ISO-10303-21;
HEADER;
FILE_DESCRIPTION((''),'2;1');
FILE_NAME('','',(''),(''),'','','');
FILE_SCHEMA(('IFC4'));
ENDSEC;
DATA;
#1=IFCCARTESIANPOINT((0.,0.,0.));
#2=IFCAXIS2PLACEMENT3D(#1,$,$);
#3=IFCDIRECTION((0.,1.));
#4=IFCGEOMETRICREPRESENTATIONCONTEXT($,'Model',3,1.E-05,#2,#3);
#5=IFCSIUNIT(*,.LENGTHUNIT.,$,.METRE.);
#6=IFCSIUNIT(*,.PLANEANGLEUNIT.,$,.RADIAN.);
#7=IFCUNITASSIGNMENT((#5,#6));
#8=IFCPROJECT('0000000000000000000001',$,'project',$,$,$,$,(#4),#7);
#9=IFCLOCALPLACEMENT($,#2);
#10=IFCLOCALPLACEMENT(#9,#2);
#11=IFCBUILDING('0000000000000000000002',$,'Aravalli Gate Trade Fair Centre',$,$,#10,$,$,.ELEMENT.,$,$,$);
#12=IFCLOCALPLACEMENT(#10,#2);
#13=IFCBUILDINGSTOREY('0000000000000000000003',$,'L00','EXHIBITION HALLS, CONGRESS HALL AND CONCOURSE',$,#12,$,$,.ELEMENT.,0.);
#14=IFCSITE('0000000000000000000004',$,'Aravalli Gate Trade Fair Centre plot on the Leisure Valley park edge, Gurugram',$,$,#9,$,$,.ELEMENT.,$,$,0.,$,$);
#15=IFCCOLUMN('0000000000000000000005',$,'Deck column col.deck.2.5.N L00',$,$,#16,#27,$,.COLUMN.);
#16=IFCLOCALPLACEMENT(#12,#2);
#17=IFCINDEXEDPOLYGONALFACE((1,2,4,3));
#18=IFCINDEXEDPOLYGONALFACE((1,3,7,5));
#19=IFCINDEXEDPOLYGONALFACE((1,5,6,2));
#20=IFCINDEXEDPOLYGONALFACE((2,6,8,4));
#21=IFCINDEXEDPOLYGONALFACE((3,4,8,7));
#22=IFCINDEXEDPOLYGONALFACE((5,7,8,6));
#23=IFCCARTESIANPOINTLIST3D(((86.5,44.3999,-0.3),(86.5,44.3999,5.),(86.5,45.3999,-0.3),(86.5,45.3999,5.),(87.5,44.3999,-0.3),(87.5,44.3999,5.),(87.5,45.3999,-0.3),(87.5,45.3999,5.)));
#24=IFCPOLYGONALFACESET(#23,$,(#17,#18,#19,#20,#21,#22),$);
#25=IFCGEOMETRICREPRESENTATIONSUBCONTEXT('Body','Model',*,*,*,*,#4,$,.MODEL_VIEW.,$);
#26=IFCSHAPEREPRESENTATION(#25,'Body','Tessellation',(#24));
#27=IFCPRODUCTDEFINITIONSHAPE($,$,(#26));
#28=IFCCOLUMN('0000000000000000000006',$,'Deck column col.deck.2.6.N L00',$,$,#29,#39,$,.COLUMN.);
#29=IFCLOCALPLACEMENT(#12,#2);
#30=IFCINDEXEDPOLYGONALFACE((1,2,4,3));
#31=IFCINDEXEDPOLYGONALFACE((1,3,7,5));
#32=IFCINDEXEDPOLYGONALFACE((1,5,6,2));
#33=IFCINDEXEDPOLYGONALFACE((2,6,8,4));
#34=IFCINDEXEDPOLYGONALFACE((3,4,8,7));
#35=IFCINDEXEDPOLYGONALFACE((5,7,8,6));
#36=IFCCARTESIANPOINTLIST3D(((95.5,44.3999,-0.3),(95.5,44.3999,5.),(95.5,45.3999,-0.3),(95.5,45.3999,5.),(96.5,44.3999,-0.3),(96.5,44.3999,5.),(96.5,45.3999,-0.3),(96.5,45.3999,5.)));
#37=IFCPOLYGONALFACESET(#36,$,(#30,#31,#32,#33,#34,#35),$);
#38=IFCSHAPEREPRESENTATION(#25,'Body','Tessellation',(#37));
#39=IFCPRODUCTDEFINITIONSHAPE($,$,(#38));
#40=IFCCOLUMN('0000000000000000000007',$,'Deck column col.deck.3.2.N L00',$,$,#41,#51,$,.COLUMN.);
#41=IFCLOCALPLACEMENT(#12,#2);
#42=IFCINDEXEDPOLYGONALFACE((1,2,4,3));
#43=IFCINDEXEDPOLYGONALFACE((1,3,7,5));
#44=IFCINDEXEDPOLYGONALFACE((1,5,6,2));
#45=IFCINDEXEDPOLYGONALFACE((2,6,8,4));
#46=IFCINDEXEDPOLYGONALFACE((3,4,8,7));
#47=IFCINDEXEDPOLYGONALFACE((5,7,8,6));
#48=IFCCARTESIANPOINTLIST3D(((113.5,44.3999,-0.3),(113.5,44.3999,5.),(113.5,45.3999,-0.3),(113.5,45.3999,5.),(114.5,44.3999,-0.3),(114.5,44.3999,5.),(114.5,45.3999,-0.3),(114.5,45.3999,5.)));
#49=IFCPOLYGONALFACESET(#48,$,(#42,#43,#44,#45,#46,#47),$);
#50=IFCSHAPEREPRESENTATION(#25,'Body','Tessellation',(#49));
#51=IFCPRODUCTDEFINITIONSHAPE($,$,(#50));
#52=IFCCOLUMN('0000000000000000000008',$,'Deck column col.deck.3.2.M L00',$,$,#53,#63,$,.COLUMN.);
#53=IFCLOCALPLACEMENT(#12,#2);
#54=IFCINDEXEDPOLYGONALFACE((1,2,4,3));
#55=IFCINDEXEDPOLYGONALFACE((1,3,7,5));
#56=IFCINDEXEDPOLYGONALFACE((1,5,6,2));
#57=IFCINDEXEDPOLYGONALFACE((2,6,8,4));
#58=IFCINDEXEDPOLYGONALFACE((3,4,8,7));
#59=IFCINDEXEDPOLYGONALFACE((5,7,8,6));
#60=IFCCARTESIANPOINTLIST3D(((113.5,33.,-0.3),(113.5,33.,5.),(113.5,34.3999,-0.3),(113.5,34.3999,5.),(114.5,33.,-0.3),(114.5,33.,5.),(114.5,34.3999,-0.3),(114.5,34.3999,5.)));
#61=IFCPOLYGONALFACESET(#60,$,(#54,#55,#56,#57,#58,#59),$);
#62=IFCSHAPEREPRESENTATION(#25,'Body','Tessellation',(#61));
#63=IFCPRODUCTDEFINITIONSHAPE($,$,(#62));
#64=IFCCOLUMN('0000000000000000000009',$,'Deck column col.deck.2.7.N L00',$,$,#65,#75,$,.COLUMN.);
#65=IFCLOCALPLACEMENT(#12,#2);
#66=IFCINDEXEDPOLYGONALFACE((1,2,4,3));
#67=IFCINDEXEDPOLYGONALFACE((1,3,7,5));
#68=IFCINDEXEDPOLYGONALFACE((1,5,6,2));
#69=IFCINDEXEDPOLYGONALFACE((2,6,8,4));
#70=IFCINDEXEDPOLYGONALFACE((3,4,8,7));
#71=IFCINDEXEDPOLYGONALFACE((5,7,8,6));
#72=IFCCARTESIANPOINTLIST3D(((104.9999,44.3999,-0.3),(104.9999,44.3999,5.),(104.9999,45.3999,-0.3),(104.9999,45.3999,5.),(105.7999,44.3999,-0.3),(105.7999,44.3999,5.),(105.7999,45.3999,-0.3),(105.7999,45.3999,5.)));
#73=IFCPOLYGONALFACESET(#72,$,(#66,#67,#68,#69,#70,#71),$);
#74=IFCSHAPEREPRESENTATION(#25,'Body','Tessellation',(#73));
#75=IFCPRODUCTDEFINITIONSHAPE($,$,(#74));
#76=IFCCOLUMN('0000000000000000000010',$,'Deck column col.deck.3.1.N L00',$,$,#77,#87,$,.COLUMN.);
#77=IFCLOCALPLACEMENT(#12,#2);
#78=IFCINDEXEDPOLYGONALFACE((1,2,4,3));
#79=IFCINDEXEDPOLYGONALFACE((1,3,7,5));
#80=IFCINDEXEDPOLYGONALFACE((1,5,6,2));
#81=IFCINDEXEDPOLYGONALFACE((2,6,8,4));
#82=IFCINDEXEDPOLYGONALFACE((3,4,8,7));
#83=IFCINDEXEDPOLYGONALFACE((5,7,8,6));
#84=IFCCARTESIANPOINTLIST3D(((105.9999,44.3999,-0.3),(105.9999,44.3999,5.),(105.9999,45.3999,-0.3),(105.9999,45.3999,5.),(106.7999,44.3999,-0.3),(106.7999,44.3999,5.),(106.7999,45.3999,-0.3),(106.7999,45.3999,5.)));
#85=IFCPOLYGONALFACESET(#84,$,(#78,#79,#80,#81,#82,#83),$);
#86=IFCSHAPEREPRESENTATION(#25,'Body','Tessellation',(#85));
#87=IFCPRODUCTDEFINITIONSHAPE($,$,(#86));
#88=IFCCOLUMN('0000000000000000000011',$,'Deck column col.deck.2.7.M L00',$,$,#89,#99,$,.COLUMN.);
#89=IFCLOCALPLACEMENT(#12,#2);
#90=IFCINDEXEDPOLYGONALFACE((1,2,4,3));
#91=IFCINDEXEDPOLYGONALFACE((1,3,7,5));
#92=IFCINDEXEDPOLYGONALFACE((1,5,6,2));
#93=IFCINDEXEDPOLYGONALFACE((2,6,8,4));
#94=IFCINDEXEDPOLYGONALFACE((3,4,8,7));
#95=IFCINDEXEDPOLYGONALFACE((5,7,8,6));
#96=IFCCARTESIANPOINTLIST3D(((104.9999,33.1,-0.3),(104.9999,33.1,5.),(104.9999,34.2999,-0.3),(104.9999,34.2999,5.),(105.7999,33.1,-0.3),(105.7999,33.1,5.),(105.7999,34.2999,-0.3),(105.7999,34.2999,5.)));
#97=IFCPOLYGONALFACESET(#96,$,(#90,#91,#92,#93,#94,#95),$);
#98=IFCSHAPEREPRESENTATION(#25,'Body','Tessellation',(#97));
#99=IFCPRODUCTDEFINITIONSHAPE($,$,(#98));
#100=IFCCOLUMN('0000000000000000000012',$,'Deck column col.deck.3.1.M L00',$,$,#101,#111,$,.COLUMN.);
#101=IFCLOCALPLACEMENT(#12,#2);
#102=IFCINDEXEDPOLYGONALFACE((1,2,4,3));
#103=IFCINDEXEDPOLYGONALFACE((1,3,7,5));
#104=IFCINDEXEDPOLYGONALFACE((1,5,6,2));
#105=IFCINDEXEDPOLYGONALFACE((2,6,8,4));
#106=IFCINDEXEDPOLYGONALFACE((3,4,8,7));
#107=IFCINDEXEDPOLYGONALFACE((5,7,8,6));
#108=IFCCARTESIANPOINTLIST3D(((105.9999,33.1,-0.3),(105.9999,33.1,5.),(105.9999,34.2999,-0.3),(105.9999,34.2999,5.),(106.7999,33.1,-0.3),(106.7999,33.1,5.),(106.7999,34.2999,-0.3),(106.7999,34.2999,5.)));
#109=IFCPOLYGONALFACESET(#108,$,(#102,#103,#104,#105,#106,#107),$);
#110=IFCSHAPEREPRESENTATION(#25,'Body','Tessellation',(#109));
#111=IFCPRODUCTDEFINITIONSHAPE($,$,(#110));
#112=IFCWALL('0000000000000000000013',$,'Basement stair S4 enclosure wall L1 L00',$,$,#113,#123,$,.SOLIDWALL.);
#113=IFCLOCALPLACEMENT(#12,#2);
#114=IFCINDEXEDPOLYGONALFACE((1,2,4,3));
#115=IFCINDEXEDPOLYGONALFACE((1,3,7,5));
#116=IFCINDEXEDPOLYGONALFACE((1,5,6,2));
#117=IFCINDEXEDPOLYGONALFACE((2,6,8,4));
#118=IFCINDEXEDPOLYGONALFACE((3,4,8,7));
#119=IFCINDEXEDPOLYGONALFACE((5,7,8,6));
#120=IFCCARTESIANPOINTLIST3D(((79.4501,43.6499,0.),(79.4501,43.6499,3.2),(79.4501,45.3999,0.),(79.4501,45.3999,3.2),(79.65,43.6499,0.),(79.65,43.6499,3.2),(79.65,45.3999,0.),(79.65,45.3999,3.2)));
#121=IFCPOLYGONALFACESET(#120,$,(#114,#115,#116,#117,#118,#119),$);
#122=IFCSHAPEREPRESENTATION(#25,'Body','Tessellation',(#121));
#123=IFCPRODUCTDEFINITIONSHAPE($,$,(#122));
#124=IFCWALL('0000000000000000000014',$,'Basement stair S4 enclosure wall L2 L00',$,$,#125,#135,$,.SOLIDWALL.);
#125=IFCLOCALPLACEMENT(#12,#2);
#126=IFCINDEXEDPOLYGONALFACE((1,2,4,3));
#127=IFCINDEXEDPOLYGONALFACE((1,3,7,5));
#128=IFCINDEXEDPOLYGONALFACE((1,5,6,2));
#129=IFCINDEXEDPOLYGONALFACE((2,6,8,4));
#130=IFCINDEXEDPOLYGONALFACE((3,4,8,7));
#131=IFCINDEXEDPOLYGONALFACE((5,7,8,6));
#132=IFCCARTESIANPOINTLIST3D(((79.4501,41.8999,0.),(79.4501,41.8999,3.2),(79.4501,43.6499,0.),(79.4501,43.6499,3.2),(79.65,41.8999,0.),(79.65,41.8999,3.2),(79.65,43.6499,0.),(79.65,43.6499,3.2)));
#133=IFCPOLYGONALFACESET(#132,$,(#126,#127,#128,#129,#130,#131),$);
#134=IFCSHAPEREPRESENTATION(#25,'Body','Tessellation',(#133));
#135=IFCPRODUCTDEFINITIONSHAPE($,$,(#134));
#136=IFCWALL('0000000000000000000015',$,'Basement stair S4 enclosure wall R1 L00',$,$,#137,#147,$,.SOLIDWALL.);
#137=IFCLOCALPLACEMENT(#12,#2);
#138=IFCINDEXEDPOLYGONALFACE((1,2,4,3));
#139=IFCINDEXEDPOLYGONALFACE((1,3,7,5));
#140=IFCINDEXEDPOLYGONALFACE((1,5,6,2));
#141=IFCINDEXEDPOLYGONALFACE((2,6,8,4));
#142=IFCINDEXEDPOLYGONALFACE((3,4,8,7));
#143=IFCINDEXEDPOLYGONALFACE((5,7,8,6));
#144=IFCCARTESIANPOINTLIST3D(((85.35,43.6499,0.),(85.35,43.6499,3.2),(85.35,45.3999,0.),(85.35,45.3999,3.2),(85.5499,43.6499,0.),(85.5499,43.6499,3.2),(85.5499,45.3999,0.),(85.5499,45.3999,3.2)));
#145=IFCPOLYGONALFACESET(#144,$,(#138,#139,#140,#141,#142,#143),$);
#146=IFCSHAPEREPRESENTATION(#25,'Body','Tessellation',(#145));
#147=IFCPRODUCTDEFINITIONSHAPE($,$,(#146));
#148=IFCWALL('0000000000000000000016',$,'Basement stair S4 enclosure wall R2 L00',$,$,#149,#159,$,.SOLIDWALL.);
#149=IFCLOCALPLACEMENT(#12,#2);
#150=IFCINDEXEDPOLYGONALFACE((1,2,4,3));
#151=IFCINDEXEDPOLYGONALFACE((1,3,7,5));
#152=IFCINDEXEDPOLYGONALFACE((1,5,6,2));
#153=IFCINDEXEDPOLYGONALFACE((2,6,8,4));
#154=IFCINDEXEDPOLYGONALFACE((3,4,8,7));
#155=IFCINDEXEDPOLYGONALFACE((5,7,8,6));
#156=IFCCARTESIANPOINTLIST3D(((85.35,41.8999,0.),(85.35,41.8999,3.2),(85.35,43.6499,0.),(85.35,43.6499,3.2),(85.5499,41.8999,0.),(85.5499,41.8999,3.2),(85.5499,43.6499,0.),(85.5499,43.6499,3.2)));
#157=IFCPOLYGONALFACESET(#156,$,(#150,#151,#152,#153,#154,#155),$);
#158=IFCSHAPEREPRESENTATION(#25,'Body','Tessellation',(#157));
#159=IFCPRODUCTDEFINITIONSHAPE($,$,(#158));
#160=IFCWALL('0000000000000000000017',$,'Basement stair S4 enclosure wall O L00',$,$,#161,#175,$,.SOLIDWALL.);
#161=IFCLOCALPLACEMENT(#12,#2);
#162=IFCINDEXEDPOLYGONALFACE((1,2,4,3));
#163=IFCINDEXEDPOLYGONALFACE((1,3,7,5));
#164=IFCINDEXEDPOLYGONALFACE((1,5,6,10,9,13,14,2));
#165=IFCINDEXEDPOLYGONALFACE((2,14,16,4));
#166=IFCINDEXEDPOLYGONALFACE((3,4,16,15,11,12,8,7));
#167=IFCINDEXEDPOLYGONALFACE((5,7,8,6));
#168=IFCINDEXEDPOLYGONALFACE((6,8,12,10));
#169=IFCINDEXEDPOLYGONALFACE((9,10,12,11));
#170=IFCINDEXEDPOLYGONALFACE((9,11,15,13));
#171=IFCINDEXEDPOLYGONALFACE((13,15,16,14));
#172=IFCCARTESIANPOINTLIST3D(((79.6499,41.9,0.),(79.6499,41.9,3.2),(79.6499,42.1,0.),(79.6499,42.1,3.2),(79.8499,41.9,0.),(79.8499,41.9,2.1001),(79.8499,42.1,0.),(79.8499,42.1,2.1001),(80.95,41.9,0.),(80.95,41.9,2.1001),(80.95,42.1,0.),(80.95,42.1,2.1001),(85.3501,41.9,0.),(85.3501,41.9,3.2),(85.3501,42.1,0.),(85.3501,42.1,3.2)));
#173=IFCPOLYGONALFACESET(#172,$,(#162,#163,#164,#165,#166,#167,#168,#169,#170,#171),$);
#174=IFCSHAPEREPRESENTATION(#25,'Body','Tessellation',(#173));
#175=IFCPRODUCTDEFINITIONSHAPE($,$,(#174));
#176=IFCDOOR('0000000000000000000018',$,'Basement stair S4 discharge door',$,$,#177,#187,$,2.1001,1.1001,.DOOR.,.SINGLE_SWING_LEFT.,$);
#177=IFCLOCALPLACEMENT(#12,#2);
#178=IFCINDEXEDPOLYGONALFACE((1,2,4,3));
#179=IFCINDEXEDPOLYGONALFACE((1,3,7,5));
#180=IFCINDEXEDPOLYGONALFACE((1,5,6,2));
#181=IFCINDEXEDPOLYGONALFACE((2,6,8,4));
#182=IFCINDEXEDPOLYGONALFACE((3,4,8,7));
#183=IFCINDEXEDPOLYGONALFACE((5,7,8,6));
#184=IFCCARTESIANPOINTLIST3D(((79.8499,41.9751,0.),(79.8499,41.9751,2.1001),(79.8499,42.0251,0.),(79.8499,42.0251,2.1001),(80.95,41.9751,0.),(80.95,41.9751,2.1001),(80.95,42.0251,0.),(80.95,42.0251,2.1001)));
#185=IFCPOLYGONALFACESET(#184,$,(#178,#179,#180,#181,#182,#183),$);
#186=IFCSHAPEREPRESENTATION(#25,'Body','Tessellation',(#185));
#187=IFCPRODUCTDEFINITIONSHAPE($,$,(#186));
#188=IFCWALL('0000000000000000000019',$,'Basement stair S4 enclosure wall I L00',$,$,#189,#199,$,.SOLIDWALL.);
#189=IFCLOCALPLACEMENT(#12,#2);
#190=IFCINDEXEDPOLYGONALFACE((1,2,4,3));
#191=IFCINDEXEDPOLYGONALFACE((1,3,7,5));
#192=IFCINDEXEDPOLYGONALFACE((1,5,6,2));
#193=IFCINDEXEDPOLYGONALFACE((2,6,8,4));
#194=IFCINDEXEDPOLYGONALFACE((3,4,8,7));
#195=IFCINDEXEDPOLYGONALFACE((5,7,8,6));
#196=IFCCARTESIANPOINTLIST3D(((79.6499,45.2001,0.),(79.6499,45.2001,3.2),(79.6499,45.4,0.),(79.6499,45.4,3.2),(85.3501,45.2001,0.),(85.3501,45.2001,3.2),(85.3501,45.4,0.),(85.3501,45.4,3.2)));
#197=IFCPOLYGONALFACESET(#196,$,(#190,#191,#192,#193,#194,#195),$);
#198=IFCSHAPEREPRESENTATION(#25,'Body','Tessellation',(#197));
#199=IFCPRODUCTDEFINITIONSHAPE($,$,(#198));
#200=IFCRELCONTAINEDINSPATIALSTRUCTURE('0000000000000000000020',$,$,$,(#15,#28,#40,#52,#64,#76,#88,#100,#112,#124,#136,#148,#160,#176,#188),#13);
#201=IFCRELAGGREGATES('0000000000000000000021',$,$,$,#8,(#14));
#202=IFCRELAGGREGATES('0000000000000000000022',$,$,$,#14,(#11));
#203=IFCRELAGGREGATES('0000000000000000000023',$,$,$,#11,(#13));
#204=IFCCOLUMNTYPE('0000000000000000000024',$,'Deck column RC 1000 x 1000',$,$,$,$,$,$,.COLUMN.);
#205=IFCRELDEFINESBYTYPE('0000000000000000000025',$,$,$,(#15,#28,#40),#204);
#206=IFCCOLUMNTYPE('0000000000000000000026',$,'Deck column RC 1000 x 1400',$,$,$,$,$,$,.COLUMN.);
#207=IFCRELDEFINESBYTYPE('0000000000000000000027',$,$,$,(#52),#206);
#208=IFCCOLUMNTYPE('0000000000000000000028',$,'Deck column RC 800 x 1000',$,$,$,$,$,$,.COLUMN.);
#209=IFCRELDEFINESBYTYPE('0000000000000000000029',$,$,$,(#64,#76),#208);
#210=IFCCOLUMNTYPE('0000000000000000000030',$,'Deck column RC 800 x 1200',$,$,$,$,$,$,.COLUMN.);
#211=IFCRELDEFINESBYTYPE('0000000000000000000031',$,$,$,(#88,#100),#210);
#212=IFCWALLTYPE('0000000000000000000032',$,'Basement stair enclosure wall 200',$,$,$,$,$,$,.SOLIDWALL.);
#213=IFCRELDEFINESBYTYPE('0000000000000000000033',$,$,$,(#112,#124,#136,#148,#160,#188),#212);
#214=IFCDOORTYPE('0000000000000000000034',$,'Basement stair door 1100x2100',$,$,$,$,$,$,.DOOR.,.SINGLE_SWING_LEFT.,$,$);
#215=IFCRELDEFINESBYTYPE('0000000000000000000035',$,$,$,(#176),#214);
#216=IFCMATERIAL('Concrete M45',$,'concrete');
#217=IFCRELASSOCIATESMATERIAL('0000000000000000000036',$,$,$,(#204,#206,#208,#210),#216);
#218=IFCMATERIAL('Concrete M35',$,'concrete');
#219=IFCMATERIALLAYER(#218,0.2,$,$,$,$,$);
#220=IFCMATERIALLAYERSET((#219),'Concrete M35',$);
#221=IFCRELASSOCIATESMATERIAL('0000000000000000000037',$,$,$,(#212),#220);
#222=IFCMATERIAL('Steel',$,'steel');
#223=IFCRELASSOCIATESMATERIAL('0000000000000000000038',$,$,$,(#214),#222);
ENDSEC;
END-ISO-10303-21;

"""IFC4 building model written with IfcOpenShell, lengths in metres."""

from ifc_helpers import new_model, si_unit, direction, frame, frame_2d, origin, origin_2d, place, context, subcontext, project, spatial, rectangle, extrude, material, layer, layer_set, material_profile, profile_set, type_object, element, fill, save


model = new_model("IFC4")

# Units and contexts
model_context = context("Model", 3, precision=1e-05, world=origin(), true_north=direction((0.0, 1.0)))
body_context = subcontext(model_context, "Body", "Model", "MODEL_VIEW")
ifc_project = project(units=[si_unit("LENGTHUNIT", "METRE"), si_unit("PLANEANGLEUNIT", "RADIAN")], contexts=[model_context])

# Site, building, storey
site_placement = place(None, origin())
site = spatial("IfcSite", under=ifc_project, at=site_placement, Name="Aravalli Gate Trade Fair Centre plot on the Leisure Valley park edge, Gurugram", CompositionType="ELEMENT", RefElevation=0.0)
building_placement = place(site_placement, origin())
building = spatial("IfcBuilding", under=site, at=building_placement, Name="Aravalli Gate Trade Fair Centre", CompositionType="ELEMENT")
storey_placement = place(building_placement, origin())
storey = spatial("IfcBuildingStorey", under=building, at=storey_placement, Name="L00", Description="EXHIBITION HALLS, CONGRESS HALL AND CONCOURSE", CompositionType="ELEMENT", Elevation=0.0)

# Columns
ifc_material_1 = material(Name="Concrete M45", Category="concrete")
ifc_material_profile_1 = material_profile(ifc_material_1, rectangle(XDim=1.0, YDim=1.0, at=origin_2d()), Name="Deck column RC 1000 x 1000")
ifc_profile_set_1 = profile_set([ifc_material_profile_1], Name="Concrete M45")
column_type_1 = type_object("IfcColumnType", Name="Deck column RC 1000 x 1000", PredefinedType="COLUMN", material=ifc_profile_set_1)
for number, where, z_axis, x_axis, name in (
    (1, (87.0, 44.8999, -0.3), (0.0, 0.0, 1.0), (1.0, 0.0, 0.0), "Deck column col.deck.2.5.N L00"),
    (2, (96.0, 44.8999, -0.3), (0.0, 0.0, 1.0), (1.0, 0.0, 0.0), "Deck column col.deck.2.6.N L00"),
    (3, (114.0, 44.8999, -0.3), (0.0, 0.0, 1.0), (1.0, 0.0, 0.0), "Deck column col.deck.3.2.N L00"),
):
    element("IfcColumn", number, at=place(storey_placement, frame(where, z_axis=z_axis, x_axis=x_axis)), inside=storey, type_object=column_type_1, Name=name, PredefinedType="COLUMN", context=body_context, shape_type="SweptSolid", body=[
        extrude(rectangle(XDim=1.0, YDim=1.0, at=origin_2d()), origin(), (0.0, 0.0, 1.0), 5.3),
    ])
ifc_material_profile_2 = material_profile(ifc_material_1, rectangle(XDim=1.0, YDim=1.3999, at=origin_2d()), Name="Deck column RC 1000 x 1400")
ifc_profile_set_2 = profile_set([ifc_material_profile_2], Name="Concrete M45")
column_type_2 = type_object("IfcColumnType", Name="Deck column RC 1000 x 1400", PredefinedType="COLUMN", material=ifc_profile_set_2)
column_placement = place(storey_placement, frame((114.0, 33.7, -0.3), z_axis=(0.0, 0.0, 1.0), x_axis=(1.0, 0.0, 0.0)))
element("IfcColumn", 4, at=column_placement, inside=storey, type_object=column_type_2, Name="Deck column col.deck.3.2.M L00", PredefinedType="COLUMN", context=body_context, shape_type="SweptSolid", body=[
    extrude(rectangle(XDim=1.0, YDim=1.3999, at=origin_2d()), origin(), (0.0, 0.0, 1.0), 5.3),
])
ifc_material_profile_3 = material_profile(ifc_material_1, rectangle(XDim=0.8, YDim=1.0, at=origin_2d()), Name="Deck column RC 800 x 1000")
ifc_profile_set_3 = profile_set([ifc_material_profile_3], Name="Concrete M45")
column_type_3 = type_object("IfcColumnType", Name="Deck column RC 800 x 1000", PredefinedType="COLUMN", material=ifc_profile_set_3)
for number, where, z_axis, x_axis, name in (
    (5, (105.3999, 44.8999, -0.3), (0.0, 0.0, 1.0), (1.0, 0.0, 0.0), "Deck column col.deck.2.7.N L00"),
    (6, (106.3999, 44.8999, -0.3), (0.0, 0.0, 1.0), (1.0, 0.0, 0.0), "Deck column col.deck.3.1.N L00"),
):
    element("IfcColumn", number, at=place(storey_placement, frame(where, z_axis=z_axis, x_axis=x_axis)), inside=storey, type_object=column_type_3, Name=name, PredefinedType="COLUMN", context=body_context, shape_type="SweptSolid", body=[
        extrude(rectangle(XDim=0.8, YDim=1.0, at=origin_2d()), origin(), (0.0, 0.0, 1.0), 5.3),
    ])
ifc_material_profile_4 = material_profile(ifc_material_1, rectangle(XDim=0.8, YDim=1.2, at=origin_2d()), Name="Deck column RC 800 x 1200")
ifc_profile_set_4 = profile_set([ifc_material_profile_4], Name="Concrete M45")
column_type_4 = type_object("IfcColumnType", Name="Deck column RC 800 x 1200", PredefinedType="COLUMN", material=ifc_profile_set_4)
for number, where, z_axis, x_axis, name in (
    (7, (105.3999, 33.7, -0.3), (0.0, 0.0, 1.0), (1.0, 0.0, 0.0), "Deck column col.deck.2.7.M L00"),
    (8, (106.3999, 33.7, -0.3), (0.0, 0.0, 1.0), (1.0, 0.0, 0.0), "Deck column col.deck.3.1.M L00"),
):
    element("IfcColumn", number, at=place(storey_placement, frame(where, z_axis=z_axis, x_axis=x_axis)), inside=storey, type_object=column_type_4, Name=name, PredefinedType="COLUMN", context=body_context, shape_type="SweptSolid", body=[
        extrude(rectangle(XDim=0.8, YDim=1.2, at=origin_2d()), origin(), (0.0, 0.0, 1.0), 5.3),
    ])

# Walls
ifc_material_2 = material(Name="Concrete M35", Category="concrete")
ifc_layer = layer(ifc_material_2, 0.2)
ifc_layer_set = layer_set([ifc_layer], Name="Concrete M35")
wall_type = type_object("IfcWallType", Name="Basement stair enclosure wall 200", PredefinedType="SOLIDWALL", material=ifc_layer_set)
for number, where, z_axis, x_axis, name in (
    (9, (79.55, 45.3999, 0.0), (0.0, 0.0, 1.0), (0.0, -1.0, 0.0), "Basement stair S4 enclosure wall L1 L00"),
    (10, (79.55, 43.6499, 0.0), (0.0, 0.0, 1.0), (0.0, -1.0, 0.0), "Basement stair S4 enclosure wall L2 L00"),
    (11, (85.45, 45.3999, 0.0), (0.0, 0.0, 1.0), (0.0, -1.0, 0.0), "Basement stair S4 enclosure wall R1 L00"),
    (12, (85.45, 43.6499, 0.0), (0.0, 0.0, 1.0), (0.0, -1.0, 0.0), "Basement stair S4 enclosure wall R2 L00"),
):
    element("IfcWall", number, at=place(storey_placement, frame(where, z_axis=z_axis, x_axis=x_axis)), inside=storey, type_object=wall_type, Name=name, PredefinedType="SOLIDWALL", context=body_context, shape_type="SweptSolid", body=[
        extrude(rectangle(XDim=1.75, YDim=0.2, at=frame_2d((0.875, 0.0))), origin(), (0.0, 0.0, 1.0), 3.2),
    ])

# Wall, opening, door
wall_1_placement = place(storey_placement, frame((79.6499, 42.0, 0.0), z_axis=(0.0, 0.0, 1.0), x_axis=(1.0, 0.0, 0.0)))
wall_1 = element("IfcWall", 13, at=wall_1_placement, inside=storey, type_object=wall_type, Name="Basement stair S4 enclosure wall O L00", PredefinedType="SOLIDWALL", context=body_context, shape_type="SweptSolid", body=[
    extrude(rectangle(XDim=5.7002, YDim=0.2, at=frame_2d((2.8501, 0.0))), origin(), (0.0, 0.0, 1.0), 3.2),
])
opening_1_placement = place(wall_1_placement, frame((0.2, 0.0, 0.0)))
opening_1 = element("IfcOpeningElement", 14, at=opening_1_placement, cuts=wall_1, PredefinedType="OPENING", context=body_context, shape_type="SweptSolid", body=[
    extrude(rectangle(XDim=1.1001, YDim=2.1001, at=frame_2d((0.55, 1.05))), frame((0.0, 0.1099, 0.0), z_axis=(0.0, -1.0, 0.0), x_axis=(1.0, 0.0, 0.0)), (0.0, 0.0, 1.0), 0.22),
])
ifc_material_3 = material(Name="Steel", Category="steel")
door_type = type_object("IfcDoorType", Name="Basement stair door 1100x2100", OperationType="SINGLE_SWING_LEFT", PredefinedType="DOOR", material=ifc_material_3)
door_1_placement = place(opening_1_placement, frame((1.1001, 0.0, 0.0), z_axis=(0.0, 0.0, 1.0), x_axis=(-1.0, 0.0, 0.0)))
door_1 = element("IfcDoor", 15, at=door_1_placement, inside=storey, type_object=door_type, Name="Basement stair S4 discharge door", OperationType="SINGLE_SWING_LEFT", OverallHeight=2.1001, OverallWidth=1.1001, PredefinedType="DOOR", context=body_context, shape_type="SweptSolid", body=[
    extrude(rectangle(XDim=1.1001, YDim=2.1001, at=frame_2d((0.55, 1.05))), frame((0.0, 0.0249, 0.0), z_axis=(0.0, -1.0, 0.0), x_axis=(1.0, 0.0, 0.0)), (0.0, 0.0, 1.0), 0.05),
])
fill(opening_1, door_1)

# Wall
wall_2_placement = place(storey_placement, frame((79.6499, 45.3, 0.0), z_axis=(0.0, 0.0, 1.0), x_axis=(1.0, 0.0, 0.0)))
element("IfcWall", 16, at=wall_2_placement, inside=storey, type_object=wall_type, Name="Basement stair S4 enclosure wall I L00", PredefinedType="SOLIDWALL", context=body_context, shape_type="SweptSolid", body=[
    extrude(rectangle(XDim=5.7002, YDim=0.2, at=frame_2d((2.8501, 0.0))), origin(), (0.0, 0.0, 1.0), 3.2),
])

save(model, "model.ifc")
